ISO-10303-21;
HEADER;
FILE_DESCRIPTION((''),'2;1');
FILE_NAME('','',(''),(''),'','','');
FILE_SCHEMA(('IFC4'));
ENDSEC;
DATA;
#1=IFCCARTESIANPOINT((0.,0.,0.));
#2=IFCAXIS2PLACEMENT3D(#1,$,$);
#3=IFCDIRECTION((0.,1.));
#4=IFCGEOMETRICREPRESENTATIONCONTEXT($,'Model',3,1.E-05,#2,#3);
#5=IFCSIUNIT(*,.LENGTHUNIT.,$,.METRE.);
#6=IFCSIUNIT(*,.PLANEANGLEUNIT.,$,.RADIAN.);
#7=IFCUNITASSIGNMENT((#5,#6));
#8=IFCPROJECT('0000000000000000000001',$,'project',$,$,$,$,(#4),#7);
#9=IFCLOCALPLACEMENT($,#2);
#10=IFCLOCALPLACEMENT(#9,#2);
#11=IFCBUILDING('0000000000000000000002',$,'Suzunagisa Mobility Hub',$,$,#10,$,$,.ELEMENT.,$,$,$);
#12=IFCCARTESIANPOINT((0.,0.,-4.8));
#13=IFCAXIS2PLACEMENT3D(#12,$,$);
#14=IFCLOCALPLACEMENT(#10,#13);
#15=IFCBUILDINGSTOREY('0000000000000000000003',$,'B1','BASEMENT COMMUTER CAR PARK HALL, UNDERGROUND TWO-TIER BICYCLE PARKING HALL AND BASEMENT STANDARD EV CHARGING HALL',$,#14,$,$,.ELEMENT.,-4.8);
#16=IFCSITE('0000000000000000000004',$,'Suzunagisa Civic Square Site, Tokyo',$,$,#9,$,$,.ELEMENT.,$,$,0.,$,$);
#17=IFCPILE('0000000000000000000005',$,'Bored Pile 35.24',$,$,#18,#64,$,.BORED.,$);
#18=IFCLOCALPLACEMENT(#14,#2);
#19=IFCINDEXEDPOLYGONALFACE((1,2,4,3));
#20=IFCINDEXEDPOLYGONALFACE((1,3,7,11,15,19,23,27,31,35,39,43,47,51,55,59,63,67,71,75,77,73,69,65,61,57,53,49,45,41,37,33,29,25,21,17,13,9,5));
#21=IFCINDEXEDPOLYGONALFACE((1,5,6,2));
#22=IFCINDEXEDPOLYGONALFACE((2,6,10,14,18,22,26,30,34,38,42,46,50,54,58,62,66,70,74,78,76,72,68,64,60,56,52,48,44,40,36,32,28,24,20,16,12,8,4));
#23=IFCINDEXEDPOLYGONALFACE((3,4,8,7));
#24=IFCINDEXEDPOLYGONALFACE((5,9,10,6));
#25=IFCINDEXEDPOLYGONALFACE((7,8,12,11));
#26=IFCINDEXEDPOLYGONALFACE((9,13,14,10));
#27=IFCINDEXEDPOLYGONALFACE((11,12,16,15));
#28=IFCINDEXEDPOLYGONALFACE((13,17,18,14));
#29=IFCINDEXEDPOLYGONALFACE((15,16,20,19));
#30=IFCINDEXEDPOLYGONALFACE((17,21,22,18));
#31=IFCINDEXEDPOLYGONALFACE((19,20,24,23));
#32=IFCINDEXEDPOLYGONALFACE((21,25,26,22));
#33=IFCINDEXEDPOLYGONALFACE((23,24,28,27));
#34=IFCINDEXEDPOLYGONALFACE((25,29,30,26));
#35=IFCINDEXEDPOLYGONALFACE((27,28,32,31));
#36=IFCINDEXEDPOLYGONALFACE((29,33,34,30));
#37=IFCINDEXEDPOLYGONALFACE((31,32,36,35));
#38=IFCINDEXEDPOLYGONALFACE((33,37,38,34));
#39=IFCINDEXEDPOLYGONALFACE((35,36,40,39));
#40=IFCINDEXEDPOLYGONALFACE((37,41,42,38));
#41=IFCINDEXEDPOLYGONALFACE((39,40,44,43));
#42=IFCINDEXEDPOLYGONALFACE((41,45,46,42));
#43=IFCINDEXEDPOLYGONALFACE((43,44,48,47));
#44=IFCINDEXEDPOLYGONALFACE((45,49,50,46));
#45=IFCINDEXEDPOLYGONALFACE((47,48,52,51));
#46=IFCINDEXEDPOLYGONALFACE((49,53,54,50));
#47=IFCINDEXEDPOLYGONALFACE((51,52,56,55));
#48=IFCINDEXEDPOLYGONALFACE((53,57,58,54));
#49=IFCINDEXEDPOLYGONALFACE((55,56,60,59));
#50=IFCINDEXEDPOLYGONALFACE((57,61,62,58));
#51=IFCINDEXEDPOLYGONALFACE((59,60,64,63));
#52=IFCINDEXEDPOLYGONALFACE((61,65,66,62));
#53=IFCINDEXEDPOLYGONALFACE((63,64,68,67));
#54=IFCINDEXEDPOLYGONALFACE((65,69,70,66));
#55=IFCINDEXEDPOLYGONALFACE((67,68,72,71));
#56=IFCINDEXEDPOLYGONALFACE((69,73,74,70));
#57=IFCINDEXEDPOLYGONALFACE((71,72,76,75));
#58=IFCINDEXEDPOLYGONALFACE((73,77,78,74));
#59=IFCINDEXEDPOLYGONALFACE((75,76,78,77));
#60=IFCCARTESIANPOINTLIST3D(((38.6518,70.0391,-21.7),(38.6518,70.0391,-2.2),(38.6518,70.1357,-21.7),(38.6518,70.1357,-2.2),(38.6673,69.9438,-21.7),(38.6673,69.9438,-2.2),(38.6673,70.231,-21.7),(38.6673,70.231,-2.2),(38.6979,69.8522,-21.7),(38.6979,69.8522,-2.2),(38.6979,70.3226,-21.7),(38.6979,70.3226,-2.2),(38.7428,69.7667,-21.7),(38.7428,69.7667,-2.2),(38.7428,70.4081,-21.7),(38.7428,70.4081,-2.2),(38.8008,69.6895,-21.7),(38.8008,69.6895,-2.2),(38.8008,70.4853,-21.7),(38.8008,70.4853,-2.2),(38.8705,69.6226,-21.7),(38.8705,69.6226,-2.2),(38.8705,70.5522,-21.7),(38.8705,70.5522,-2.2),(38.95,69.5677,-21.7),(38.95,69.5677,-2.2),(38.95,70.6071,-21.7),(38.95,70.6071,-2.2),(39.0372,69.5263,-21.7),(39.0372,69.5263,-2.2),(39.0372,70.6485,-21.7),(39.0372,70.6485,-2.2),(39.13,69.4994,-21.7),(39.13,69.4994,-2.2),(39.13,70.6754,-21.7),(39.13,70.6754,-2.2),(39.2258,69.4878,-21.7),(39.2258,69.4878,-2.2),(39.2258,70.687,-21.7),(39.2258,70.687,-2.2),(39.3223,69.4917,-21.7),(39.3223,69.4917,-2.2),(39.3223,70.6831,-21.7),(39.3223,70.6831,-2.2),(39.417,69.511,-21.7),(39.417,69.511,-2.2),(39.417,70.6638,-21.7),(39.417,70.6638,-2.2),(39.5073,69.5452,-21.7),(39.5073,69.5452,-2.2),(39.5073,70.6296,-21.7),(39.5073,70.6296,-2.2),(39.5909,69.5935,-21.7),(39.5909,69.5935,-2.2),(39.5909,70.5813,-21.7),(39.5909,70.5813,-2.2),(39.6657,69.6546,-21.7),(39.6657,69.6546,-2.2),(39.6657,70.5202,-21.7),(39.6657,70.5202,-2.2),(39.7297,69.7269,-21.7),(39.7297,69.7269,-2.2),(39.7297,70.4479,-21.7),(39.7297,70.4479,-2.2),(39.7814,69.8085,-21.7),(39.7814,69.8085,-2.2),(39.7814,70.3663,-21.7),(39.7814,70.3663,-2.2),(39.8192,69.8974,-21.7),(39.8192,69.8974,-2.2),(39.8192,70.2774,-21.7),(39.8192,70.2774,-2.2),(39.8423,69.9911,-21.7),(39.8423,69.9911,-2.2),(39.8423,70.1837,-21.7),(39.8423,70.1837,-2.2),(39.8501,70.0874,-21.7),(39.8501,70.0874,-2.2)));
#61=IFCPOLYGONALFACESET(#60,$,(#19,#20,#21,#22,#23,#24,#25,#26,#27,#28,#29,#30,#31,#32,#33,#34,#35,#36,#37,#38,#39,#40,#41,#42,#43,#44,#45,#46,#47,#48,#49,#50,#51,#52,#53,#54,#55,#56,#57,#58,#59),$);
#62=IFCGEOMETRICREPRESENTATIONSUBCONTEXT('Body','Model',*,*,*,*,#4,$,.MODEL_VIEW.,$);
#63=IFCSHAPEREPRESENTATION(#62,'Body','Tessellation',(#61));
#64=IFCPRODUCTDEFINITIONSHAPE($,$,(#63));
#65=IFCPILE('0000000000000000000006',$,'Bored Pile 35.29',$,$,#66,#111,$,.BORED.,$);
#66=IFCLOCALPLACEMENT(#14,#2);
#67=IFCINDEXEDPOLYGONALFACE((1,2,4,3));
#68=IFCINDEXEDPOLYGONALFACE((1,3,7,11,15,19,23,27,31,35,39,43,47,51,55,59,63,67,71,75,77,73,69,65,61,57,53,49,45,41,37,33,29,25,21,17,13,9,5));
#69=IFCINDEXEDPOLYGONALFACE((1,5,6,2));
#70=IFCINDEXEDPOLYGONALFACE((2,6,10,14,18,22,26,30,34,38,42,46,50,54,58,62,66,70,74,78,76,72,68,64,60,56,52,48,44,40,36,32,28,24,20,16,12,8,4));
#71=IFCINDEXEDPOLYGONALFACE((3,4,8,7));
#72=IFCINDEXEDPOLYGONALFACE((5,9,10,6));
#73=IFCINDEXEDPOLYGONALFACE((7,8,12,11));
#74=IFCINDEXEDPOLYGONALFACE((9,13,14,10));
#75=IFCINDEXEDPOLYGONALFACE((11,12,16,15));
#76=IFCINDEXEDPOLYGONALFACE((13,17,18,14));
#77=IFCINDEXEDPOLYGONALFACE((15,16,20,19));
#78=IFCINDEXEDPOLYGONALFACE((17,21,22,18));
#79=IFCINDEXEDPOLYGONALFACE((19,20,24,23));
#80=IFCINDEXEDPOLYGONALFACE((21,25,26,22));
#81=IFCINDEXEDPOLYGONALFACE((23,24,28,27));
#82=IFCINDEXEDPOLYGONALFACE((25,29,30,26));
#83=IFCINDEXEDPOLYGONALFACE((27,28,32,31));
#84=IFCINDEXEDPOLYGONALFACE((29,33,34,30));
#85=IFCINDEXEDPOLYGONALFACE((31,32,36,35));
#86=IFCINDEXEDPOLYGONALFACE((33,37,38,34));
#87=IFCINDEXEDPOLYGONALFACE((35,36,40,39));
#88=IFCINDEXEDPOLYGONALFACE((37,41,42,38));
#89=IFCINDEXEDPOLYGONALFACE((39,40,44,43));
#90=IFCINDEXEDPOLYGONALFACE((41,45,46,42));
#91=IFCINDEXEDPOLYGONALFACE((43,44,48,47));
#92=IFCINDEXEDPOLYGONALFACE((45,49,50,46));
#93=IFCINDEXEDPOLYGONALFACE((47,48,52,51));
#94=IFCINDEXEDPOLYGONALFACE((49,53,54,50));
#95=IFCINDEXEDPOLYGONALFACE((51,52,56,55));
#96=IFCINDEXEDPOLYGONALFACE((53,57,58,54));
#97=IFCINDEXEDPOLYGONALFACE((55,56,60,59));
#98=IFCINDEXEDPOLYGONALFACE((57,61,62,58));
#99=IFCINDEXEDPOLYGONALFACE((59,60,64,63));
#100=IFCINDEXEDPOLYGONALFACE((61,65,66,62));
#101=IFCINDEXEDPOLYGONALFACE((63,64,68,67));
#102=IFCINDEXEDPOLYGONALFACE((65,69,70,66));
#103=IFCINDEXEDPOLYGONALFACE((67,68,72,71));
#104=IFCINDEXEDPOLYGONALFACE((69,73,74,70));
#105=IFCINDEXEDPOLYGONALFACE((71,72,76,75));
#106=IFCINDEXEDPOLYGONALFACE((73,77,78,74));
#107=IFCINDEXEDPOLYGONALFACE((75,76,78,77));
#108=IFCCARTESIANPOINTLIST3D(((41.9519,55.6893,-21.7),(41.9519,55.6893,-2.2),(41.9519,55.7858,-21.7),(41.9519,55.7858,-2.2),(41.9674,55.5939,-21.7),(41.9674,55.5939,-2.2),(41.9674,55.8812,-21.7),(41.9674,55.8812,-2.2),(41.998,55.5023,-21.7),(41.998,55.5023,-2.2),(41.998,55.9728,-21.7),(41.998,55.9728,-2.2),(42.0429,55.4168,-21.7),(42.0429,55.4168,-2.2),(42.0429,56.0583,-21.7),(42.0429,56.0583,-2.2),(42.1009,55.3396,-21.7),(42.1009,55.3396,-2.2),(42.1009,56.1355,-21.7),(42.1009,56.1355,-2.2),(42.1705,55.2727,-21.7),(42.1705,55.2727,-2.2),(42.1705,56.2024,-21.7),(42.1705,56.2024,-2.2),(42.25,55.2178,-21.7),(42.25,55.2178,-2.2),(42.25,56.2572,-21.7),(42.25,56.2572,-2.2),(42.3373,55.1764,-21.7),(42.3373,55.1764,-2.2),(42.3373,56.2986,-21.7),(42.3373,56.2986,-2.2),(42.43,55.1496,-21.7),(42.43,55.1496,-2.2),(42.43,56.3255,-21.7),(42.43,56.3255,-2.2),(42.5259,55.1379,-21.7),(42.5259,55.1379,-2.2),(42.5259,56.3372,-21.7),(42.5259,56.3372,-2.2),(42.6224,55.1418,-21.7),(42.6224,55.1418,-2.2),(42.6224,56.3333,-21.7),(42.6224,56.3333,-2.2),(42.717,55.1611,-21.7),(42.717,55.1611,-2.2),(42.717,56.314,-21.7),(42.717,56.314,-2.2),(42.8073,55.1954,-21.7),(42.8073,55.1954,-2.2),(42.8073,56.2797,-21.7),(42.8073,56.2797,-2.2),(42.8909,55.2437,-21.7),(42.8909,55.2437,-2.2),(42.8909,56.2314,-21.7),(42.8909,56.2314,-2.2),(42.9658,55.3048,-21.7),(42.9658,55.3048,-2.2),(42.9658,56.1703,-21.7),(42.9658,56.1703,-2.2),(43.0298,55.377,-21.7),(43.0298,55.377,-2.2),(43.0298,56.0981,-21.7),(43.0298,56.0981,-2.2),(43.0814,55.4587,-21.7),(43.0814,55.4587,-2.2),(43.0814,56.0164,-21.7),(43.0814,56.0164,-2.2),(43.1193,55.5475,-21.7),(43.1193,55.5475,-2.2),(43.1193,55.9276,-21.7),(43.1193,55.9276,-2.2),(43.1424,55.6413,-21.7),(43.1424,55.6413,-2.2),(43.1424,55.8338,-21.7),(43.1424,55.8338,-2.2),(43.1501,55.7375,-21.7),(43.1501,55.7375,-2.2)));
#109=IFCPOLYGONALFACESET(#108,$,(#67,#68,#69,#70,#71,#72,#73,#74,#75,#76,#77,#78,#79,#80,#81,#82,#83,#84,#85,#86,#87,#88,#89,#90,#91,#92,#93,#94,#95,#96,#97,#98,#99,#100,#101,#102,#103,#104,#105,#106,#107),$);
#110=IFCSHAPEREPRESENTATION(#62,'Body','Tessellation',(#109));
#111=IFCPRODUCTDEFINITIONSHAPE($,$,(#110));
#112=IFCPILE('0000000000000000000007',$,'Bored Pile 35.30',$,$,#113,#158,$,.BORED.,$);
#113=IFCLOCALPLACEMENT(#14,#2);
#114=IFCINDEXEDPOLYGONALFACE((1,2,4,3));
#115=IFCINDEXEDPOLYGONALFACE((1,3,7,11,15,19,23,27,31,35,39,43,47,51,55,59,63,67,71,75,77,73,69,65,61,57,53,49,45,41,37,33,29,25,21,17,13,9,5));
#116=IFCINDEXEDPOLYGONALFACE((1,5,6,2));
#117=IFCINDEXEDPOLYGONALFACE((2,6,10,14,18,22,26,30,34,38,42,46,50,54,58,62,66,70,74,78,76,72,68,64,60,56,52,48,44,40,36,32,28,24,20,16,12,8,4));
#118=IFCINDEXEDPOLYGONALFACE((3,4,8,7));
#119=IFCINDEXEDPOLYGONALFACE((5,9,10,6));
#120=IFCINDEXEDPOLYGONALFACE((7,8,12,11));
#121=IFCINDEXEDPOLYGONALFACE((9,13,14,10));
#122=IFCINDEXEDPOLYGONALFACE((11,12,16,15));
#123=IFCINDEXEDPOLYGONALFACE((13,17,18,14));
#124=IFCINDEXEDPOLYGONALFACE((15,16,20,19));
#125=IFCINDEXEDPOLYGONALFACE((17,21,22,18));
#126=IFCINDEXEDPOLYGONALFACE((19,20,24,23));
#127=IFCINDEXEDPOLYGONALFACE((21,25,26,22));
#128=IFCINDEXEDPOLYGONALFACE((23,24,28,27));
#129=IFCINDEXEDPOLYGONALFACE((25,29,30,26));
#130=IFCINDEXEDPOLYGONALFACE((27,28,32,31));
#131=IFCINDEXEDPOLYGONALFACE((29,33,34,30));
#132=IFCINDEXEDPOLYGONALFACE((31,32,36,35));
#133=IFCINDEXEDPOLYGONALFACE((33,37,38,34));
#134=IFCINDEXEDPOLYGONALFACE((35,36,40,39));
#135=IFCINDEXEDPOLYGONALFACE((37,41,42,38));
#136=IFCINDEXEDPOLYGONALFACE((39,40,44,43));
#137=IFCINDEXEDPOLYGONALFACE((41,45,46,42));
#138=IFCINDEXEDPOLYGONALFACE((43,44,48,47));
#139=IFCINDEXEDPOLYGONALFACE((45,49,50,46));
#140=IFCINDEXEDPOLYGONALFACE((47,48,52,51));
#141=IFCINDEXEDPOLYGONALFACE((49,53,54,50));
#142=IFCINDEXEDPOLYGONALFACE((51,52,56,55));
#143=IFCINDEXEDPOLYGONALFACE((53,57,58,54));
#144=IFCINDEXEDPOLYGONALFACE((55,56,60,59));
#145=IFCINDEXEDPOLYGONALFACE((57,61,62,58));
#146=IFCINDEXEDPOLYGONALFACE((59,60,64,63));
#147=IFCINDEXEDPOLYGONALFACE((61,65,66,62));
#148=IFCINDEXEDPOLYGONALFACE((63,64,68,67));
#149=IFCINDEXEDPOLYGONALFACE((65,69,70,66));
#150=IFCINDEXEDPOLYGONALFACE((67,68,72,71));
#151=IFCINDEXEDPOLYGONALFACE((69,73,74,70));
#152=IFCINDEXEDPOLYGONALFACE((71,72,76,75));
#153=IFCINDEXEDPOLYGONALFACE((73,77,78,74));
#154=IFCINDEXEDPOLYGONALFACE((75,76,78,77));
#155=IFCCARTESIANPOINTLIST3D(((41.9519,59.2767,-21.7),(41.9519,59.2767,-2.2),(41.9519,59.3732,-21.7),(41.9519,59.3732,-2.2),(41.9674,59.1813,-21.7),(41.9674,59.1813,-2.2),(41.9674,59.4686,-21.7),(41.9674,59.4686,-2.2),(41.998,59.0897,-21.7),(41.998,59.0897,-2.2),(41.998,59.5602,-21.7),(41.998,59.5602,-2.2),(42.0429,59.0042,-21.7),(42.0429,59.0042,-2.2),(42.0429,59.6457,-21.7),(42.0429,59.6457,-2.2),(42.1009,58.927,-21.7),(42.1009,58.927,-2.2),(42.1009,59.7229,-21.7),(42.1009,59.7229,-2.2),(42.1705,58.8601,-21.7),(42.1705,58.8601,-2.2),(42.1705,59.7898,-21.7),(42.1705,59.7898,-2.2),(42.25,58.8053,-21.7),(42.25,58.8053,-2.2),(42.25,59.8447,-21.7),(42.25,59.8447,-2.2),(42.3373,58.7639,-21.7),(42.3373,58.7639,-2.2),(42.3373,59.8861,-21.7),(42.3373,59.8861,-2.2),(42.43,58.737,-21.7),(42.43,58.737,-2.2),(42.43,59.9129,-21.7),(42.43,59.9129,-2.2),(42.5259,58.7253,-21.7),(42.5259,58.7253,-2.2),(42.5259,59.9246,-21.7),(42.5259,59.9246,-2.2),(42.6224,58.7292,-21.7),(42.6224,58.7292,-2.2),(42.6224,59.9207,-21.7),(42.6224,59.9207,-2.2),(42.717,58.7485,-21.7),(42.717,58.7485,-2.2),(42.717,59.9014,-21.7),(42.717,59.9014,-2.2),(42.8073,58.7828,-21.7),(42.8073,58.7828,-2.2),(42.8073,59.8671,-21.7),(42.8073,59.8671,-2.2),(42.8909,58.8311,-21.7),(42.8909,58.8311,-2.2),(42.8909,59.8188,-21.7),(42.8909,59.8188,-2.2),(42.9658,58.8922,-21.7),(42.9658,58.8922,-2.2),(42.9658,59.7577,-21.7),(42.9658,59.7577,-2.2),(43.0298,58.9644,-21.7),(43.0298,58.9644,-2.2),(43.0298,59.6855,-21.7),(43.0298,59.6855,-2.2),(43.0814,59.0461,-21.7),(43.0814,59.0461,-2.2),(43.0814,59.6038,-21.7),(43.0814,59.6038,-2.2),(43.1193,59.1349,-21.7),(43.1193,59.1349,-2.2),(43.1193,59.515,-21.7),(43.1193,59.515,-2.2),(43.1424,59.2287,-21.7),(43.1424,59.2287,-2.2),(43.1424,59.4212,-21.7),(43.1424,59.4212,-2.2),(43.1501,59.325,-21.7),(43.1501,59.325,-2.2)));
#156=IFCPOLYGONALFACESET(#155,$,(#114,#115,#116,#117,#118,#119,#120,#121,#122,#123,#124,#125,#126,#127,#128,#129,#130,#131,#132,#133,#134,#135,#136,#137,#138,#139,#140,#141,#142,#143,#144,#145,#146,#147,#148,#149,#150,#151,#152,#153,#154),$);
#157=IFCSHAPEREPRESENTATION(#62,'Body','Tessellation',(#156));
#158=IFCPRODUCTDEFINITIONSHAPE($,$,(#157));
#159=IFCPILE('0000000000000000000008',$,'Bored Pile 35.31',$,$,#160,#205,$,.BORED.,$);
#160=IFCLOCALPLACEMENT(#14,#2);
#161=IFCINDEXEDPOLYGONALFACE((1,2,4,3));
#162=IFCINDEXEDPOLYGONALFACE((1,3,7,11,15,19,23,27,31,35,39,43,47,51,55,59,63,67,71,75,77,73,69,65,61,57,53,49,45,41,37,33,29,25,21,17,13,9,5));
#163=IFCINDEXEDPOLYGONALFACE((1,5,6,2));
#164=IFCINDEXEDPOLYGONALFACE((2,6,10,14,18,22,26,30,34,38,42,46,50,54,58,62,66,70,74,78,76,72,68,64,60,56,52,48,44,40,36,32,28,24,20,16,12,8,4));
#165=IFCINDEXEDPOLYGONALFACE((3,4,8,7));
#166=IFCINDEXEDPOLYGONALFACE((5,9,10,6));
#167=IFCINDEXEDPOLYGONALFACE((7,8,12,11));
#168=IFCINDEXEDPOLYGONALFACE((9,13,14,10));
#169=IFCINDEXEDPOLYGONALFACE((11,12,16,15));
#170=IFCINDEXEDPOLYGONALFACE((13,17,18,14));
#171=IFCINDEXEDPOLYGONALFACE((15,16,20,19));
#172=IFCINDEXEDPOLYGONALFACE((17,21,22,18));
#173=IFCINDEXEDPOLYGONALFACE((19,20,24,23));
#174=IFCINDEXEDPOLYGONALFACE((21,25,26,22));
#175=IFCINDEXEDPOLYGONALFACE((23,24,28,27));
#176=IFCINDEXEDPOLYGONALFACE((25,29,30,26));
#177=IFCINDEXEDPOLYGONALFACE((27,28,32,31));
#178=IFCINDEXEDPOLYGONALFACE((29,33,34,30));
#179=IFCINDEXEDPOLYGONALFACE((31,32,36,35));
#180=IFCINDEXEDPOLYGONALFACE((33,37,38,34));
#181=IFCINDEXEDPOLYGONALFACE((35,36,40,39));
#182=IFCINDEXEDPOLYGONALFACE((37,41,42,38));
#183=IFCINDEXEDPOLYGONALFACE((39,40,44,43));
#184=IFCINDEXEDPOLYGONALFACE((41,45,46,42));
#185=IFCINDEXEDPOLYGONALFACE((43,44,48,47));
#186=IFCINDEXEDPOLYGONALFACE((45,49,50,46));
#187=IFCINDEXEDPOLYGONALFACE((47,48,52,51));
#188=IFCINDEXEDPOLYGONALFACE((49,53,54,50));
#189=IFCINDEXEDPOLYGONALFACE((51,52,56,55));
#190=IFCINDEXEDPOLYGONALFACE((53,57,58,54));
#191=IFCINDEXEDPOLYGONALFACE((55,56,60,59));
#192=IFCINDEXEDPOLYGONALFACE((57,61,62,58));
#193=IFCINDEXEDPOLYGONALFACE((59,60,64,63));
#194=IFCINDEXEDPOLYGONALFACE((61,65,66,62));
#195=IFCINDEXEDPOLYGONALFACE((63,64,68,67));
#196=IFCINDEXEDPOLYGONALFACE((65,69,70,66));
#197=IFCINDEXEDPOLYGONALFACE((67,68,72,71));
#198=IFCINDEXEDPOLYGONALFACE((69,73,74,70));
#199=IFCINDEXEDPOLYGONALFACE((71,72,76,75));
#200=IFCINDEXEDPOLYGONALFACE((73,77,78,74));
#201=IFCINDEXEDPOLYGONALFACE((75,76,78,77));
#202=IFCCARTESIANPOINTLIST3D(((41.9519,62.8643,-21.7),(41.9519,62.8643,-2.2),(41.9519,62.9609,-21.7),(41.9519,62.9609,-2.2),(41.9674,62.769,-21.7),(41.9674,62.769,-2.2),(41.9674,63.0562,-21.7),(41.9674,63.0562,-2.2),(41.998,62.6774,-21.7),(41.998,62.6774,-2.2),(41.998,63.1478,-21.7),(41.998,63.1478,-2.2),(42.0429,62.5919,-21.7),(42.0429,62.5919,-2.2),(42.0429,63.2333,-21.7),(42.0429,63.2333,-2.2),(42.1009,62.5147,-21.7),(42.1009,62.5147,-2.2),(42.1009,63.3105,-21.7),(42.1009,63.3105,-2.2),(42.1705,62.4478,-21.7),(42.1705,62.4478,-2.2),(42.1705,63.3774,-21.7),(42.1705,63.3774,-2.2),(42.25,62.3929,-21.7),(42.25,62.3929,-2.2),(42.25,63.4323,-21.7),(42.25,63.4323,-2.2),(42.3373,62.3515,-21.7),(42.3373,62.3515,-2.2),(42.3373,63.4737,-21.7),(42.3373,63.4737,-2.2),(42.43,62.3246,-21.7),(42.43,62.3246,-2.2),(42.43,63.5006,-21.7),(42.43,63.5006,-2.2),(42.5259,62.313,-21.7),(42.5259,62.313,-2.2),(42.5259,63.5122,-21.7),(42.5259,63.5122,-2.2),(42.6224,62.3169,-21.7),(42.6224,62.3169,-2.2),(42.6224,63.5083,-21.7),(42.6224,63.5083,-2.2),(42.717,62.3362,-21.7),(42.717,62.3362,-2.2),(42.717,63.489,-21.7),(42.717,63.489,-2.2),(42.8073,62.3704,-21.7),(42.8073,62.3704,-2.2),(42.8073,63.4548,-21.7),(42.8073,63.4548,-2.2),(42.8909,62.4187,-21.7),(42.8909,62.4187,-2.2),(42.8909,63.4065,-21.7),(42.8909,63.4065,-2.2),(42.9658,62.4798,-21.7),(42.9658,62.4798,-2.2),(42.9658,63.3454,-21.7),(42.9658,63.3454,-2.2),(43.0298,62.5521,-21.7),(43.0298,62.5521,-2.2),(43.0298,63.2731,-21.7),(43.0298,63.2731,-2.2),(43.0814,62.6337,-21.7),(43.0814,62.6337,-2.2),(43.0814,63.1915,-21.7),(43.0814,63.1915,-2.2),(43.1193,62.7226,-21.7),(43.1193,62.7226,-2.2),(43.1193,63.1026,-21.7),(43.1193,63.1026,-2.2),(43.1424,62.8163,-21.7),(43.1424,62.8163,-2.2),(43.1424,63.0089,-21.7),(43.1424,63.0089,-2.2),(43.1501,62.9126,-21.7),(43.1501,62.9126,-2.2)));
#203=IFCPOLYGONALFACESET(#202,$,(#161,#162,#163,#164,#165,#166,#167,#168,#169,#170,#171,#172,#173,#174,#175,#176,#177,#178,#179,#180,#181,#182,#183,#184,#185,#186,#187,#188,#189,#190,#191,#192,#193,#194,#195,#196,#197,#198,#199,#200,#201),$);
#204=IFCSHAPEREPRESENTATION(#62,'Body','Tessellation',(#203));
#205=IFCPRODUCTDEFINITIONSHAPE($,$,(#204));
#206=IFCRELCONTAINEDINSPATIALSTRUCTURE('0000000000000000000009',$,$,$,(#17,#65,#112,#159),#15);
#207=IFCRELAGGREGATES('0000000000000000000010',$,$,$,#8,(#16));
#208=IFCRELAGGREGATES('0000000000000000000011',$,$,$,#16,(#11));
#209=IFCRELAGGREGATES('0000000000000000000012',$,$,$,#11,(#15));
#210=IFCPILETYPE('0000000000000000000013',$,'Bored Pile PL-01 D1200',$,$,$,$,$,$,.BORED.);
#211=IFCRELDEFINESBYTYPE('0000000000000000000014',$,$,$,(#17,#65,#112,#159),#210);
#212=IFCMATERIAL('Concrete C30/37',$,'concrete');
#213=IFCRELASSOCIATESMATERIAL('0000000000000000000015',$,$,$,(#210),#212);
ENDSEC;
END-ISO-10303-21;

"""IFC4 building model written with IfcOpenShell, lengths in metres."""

from ifc_helpers import new_model, si_unit, direction, frame, origin, origin_2d, place, context, subcontext, project, spatial, circle, extrude, material, material_profile, profile_set, type_object, element, save


model = new_model("IFC4")

# Units and contexts
model_context = context("Model", 3, precision=1e-05, world=origin(), true_north=direction((0.0, 1.0)))
body_context = subcontext(model_context, "Body", "Model", "MODEL_VIEW")
ifc_project = project(units=[si_unit("LENGTHUNIT", "METRE"), si_unit("PLANEANGLEUNIT", "RADIAN")], contexts=[model_context])

# Site, building, storey
site_placement = place(None, origin())
site = spatial("IfcSite", under=ifc_project, at=site_placement, Name="Suzunagisa Civic Square Site, Tokyo", CompositionType="ELEMENT", RefElevation=0.0)
building_placement = place(site_placement, origin())
building = spatial("IfcBuilding", under=site, at=building_placement, Name="Suzunagisa Mobility Hub", CompositionType="ELEMENT")
storey_placement = place(building_placement, frame((0.0, 0.0, -4.8)))
storey = spatial("IfcBuildingStorey", under=building, at=storey_placement, Name="B1", Description="BASEMENT COMMUTER CAR PARK HALL, UNDERGROUND TWO-TIER BICYCLE PARKING HALL AND BASEMENT STANDARD EV CHARGING HALL", CompositionType="ELEMENT", Elevation=-4.8)

# Piles
ifc_material_1 = material(Name="Concrete C30/37", Category="concrete")
ifc_material_profile_1 = material_profile(ifc_material_1, circle(Radius=0.6001, at=origin_2d()), Name="BORED PILE D1200")
ifc_profile_set_1 = profile_set([ifc_material_profile_1], Name="Concrete C30/37")
pile_type = type_object("IfcPileType", Name="Bored Pile PL-01 D1200", PredefinedType="BORED", material=ifc_profile_set_1)
for number, where, z_axis, x_axis, name in (
    (1, (39.25, 70.0874, -2.2), (0.0, 0.0, -1.0), (1.0, 0.0, 0.0), "Bored Pile 35.24"),
    (2, (42.55, 55.7375, -2.2), (0.0, 0.0, -1.0), (1.0, 0.0, 0.0), "Bored Pile 35.29"),
    (3, (42.55, 59.325, -2.2), (0.0, 0.0, -1.0), (1.0, 0.0, 0.0), "Bored Pile 35.30"),
    (4, (42.55, 62.9126, -2.2), (0.0, 0.0, -1.0), (1.0, 0.0, 0.0), "Bored Pile 35.31"),
):
    element("IfcPile", number, at=place(storey_placement, frame(where, z_axis=z_axis, x_axis=x_axis)), inside=storey, type_object=pile_type, Name=name, PredefinedType="BORED", context=body_context, shape_type="SweptSolid", body=[
        extrude(circle(Radius=0.6001, at=origin_2d()), origin(), (0.0, 0.0, 1.0), 19.5),
    ])

save(model, "model.ifc")
